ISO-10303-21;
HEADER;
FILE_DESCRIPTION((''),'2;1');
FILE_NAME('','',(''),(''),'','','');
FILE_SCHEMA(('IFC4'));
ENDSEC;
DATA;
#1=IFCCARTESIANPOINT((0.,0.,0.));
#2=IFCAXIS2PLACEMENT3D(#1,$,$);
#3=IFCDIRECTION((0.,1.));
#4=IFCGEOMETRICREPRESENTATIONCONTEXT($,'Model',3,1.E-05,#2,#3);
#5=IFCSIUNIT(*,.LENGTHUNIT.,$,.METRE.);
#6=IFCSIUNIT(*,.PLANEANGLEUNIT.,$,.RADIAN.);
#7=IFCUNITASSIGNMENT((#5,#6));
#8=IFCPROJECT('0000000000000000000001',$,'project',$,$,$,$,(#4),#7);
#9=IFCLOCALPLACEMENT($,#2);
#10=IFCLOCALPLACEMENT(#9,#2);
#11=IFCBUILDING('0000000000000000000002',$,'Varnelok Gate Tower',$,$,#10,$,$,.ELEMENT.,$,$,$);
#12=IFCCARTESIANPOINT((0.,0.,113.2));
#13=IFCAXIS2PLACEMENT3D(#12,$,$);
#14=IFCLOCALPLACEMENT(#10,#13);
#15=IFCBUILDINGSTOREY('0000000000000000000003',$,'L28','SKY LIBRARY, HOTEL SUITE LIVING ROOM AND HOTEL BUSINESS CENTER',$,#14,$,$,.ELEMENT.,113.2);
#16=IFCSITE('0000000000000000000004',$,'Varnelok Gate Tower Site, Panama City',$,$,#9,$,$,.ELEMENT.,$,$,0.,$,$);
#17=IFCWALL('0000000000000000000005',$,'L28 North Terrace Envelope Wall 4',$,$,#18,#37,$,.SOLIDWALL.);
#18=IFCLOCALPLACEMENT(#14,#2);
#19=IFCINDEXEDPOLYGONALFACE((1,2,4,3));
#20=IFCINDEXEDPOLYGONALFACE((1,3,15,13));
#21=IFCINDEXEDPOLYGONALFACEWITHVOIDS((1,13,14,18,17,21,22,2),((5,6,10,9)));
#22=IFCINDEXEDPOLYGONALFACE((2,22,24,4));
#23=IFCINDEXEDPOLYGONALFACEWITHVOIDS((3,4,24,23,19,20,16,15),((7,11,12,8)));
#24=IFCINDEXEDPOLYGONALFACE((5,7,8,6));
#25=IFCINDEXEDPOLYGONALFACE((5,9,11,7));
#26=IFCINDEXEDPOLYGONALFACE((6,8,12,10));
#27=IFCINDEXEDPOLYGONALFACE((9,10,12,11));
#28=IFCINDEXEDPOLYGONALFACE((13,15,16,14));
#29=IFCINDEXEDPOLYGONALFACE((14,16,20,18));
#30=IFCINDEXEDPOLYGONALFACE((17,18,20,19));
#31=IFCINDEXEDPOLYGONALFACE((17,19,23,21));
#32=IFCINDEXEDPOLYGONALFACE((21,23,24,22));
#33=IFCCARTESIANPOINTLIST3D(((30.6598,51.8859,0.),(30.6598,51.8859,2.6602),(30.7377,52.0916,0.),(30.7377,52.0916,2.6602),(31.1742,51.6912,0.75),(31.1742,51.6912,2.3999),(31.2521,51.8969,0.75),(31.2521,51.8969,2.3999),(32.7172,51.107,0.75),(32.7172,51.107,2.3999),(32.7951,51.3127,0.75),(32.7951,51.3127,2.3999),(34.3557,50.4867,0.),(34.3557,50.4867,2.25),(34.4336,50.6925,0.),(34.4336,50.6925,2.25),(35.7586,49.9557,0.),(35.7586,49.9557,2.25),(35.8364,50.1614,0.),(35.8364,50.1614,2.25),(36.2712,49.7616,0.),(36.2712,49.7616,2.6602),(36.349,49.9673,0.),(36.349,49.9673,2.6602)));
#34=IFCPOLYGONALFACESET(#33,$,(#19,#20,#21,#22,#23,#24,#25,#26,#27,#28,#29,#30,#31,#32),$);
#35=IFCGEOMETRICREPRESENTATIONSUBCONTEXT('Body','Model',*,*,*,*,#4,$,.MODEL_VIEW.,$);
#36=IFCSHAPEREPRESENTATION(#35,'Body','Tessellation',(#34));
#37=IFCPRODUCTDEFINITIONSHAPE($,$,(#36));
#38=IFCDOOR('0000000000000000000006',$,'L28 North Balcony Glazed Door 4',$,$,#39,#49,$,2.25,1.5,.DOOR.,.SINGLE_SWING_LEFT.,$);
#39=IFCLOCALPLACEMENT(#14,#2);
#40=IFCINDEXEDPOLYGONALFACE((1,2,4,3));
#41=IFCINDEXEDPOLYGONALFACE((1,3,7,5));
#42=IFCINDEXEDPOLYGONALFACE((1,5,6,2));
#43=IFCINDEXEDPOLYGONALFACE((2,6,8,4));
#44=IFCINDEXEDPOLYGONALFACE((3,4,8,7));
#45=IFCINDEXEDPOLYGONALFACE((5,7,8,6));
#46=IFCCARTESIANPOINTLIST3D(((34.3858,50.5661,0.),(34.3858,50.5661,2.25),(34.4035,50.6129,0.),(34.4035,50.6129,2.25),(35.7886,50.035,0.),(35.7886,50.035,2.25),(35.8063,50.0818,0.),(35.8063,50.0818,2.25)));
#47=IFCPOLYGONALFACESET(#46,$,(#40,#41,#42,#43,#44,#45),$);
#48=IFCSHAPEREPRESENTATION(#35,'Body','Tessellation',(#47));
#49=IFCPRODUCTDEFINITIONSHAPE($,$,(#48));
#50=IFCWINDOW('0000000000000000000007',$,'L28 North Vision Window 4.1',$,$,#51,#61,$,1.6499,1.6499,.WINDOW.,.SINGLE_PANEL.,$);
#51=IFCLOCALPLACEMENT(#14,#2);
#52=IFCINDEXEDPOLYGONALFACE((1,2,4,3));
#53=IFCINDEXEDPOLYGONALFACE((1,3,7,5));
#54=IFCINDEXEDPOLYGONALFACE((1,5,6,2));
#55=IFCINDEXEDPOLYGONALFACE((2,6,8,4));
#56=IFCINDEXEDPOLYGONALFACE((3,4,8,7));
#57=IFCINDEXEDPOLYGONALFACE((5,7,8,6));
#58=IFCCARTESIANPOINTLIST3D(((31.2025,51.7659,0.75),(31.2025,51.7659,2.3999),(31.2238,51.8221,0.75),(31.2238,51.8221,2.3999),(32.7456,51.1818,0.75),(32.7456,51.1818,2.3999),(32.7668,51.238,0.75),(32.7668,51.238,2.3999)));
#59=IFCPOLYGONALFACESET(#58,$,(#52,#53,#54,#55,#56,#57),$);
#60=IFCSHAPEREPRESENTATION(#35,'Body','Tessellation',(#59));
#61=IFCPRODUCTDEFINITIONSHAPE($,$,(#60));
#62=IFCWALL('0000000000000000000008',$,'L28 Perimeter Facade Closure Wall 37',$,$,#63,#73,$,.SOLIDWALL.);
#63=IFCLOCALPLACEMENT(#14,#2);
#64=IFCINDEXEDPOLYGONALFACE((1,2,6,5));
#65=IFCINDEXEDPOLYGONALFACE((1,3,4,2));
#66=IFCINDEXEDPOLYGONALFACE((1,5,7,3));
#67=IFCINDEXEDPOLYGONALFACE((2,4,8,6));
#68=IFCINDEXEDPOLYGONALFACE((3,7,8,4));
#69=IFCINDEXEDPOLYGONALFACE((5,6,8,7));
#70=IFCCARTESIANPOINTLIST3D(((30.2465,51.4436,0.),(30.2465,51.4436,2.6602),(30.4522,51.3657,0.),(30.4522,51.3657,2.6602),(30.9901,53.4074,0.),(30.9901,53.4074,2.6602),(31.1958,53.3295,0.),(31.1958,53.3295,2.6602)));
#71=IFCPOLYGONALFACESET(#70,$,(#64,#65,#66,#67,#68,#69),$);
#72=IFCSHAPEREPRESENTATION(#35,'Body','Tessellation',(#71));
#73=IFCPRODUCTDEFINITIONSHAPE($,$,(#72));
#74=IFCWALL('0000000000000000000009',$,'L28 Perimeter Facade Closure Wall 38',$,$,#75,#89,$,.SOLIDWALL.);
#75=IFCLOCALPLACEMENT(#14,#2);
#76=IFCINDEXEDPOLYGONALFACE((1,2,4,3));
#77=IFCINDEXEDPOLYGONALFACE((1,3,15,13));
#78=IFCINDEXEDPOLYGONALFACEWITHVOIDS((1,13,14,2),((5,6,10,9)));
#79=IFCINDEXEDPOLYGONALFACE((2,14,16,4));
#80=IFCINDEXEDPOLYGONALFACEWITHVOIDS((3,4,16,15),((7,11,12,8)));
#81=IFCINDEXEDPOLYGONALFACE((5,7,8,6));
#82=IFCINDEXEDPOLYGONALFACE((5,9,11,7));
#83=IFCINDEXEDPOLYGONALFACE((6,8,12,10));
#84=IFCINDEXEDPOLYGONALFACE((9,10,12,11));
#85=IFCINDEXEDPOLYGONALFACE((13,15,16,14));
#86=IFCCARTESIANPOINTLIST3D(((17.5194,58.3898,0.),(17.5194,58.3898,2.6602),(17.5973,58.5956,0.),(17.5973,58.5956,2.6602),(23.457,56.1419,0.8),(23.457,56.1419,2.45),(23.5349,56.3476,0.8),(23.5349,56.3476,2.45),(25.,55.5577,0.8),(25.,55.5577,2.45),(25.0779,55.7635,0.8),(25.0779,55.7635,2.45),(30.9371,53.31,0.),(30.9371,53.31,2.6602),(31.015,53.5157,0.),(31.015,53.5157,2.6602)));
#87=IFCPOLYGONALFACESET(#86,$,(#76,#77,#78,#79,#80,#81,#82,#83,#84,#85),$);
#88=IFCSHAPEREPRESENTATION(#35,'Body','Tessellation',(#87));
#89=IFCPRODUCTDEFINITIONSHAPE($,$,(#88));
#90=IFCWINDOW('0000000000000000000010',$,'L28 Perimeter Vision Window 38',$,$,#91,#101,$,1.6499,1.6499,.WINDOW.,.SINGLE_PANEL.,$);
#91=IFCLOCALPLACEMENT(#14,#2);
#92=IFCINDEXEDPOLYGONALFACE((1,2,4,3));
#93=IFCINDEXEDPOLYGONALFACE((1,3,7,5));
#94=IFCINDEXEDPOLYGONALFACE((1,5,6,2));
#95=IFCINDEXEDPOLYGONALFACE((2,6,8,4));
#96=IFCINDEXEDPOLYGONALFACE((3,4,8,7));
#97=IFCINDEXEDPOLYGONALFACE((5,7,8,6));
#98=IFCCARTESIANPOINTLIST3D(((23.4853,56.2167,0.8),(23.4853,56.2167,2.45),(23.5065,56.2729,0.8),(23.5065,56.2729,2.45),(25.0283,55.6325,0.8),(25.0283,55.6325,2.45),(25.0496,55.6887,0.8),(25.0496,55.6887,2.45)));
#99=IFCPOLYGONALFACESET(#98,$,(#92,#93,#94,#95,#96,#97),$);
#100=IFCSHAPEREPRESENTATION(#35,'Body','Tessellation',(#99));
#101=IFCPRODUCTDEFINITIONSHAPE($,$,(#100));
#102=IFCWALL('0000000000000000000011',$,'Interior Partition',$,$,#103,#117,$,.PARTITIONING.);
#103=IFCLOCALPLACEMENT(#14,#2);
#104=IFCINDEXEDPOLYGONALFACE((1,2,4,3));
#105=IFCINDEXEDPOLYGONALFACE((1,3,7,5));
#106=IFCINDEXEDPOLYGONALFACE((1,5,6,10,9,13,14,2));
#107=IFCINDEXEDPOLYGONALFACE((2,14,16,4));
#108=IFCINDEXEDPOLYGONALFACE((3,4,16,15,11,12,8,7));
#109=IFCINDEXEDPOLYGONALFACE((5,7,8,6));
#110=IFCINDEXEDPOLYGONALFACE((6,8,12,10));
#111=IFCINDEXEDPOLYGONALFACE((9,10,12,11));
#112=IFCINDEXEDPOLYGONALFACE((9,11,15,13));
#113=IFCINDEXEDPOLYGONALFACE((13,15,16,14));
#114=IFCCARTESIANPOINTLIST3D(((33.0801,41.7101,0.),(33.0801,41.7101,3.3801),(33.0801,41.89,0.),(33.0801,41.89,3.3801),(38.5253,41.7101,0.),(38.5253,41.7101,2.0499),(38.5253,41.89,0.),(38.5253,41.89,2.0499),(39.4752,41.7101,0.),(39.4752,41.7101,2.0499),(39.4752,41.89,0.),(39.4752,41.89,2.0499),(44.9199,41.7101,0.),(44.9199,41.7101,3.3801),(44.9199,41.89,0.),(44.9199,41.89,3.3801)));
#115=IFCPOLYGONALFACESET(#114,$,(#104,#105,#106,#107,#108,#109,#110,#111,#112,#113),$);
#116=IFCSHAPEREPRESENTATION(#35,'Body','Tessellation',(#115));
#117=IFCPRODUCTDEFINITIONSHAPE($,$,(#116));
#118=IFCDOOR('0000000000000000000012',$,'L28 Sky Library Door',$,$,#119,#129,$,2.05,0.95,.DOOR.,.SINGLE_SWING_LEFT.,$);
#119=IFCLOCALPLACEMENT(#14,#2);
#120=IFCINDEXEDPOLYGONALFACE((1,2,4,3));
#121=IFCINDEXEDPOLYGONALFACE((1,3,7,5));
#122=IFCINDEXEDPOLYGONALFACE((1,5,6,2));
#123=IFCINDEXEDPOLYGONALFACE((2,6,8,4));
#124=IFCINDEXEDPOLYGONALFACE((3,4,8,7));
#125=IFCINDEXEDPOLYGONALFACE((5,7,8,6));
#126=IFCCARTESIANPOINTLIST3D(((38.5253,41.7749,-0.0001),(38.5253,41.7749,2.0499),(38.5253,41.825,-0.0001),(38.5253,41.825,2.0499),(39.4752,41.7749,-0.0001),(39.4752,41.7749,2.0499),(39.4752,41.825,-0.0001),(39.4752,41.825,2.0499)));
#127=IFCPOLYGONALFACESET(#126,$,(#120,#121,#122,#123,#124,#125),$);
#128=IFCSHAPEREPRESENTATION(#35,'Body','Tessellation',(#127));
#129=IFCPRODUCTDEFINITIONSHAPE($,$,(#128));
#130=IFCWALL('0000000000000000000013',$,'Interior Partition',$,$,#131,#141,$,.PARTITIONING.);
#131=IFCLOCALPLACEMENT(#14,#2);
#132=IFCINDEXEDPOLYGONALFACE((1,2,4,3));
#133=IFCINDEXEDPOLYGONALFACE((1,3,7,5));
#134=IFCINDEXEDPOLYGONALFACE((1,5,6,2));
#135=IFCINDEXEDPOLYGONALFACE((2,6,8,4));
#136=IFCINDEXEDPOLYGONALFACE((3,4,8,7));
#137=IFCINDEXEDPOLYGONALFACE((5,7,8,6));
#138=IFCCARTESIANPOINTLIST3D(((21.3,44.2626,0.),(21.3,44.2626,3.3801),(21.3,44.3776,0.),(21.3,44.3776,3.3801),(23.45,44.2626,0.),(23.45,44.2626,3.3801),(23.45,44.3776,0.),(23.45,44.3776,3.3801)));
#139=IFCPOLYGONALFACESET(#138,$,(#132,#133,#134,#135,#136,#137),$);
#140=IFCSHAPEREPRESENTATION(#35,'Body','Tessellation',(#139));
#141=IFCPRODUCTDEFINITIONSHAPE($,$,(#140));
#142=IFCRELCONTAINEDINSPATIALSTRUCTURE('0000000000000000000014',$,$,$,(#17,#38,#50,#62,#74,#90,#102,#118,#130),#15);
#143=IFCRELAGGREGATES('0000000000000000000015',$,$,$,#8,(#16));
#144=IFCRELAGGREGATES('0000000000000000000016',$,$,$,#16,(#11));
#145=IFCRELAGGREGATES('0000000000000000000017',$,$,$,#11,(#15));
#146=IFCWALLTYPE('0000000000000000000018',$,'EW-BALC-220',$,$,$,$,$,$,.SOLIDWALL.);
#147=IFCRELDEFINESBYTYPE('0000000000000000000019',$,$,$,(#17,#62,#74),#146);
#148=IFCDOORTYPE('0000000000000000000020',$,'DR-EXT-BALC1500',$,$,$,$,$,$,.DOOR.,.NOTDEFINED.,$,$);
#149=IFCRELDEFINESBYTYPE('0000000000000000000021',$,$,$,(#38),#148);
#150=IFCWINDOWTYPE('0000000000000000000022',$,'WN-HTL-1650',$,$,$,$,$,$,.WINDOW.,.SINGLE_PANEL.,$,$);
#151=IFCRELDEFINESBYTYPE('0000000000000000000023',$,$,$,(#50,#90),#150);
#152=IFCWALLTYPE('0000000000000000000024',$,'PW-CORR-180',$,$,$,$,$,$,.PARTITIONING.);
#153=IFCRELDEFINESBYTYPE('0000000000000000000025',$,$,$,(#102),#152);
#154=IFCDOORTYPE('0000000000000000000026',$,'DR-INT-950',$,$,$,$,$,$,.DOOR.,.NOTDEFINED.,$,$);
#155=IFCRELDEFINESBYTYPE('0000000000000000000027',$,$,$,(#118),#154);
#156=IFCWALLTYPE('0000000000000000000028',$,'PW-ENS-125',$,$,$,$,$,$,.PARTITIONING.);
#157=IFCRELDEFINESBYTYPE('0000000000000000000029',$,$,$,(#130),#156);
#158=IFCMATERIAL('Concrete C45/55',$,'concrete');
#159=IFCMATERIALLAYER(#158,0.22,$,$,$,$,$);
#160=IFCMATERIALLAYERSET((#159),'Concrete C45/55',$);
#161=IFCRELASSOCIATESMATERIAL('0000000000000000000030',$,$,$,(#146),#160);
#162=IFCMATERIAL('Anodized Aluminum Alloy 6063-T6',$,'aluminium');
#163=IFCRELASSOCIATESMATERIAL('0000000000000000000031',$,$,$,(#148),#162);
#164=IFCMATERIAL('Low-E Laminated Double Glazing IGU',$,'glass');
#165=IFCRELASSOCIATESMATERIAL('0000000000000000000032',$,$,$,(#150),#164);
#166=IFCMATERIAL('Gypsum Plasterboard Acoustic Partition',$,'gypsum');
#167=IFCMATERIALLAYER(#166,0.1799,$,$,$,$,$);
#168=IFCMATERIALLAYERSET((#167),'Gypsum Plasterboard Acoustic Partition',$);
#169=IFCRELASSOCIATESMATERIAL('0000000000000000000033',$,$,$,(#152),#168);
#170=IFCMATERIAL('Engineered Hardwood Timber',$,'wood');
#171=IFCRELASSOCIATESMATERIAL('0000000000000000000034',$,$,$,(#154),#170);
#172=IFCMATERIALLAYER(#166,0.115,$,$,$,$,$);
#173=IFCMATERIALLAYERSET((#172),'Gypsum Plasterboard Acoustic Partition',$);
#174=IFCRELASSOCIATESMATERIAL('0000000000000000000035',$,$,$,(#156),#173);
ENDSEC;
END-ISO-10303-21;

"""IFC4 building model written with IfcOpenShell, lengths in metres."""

from ifc_helpers import new_model, si_unit, direction, frame, frame_2d, origin, place, context, subcontext, project, spatial, rectangle, extrude, material, layer, layer_set, type_object, element, fill, save


model = new_model("IFC4")

# Units and contexts
model_context = context("Model", 3, precision=1e-05, world=origin(), true_north=direction((0.0, 1.0)))
body_context = subcontext(model_context, "Body", "Model", "MODEL_VIEW")
ifc_project = project(units=[si_unit("LENGTHUNIT", "METRE"), si_unit("PLANEANGLEUNIT", "RADIAN")], contexts=[model_context])

# Site, building, storey
site_placement = place(None, origin())
site = spatial("IfcSite", under=ifc_project, at=site_placement, Name="Varnelok Gate Tower Site, Panama City", CompositionType="ELEMENT", RefElevation=0.0)
building_placement = place(site_placement, origin())
building = spatial("IfcBuilding", under=site, at=building_placement, Name="Varnelok Gate Tower", CompositionType="ELEMENT")
storey_placement = place(building_placement, frame((0.0, 0.0, 113.2)))
storey = spatial("IfcBuildingStorey", under=building, at=storey_placement, Name="L28", Description="SKY LIBRARY, HOTEL SUITE LIVING ROOM AND HOTEL BUSINESS CENTER", CompositionType="ELEMENT", Elevation=113.2)

# Wall, openings, door, window
ifc_material_1 = material(Name="Concrete C45/55", Category="concrete")
ifc_layer_1 = layer(ifc_material_1, 0.22)
ifc_layer_set_1 = layer_set([ifc_layer_1], Name="Concrete C45/55")
wall_type_1 = type_object("IfcWallType", Name="EW-BALC-220", PredefinedType="SOLIDWALL", material=ifc_layer_set_1)
wall_1_placement = place(storey_placement, frame((30.6987, 51.9888, 0.0), z_axis=(0.0, 0.0, 1.0), x_axis=(0.935228, -0.354047, 0.0)))
wall_1 = element("IfcWall", 1, at=wall_1_placement, inside=storey, type_object=wall_type_1, Name="L28 North Terrace Envelope Wall 4", PredefinedType="SOLIDWALL", context=body_context, shape_type="SweptSolid", body=[
    extrude(rectangle(XDim=6.0, YDim=0.22, at=frame_2d((3.0, 0.0))), origin(), (0.0, 0.0, 1.0), 2.6602),
])
opening_1_placement = place(wall_1_placement, frame((3.9519, 0.0, 0.0)))
opening_1 = element("IfcOpeningElement", 2, at=opening_1_placement, cuts=wall_1, PredefinedType="OPENING", context=body_context, shape_type="SweptSolid", body=[
    extrude(rectangle(XDim=1.5, YDim=2.25, at=frame_2d((0.75, 1.125))), frame((0.0, 0.1199, 0.0), z_axis=(0.0, -1.0, 0.0), x_axis=(1.0, 0.0, 0.0)), (0.0, 0.0, 1.0), 0.24),
])
opening_2_placement = place(wall_1_placement, frame((0.55, 0.0, 0.75)))
opening_2 = element("IfcOpeningElement", 3, at=opening_2_placement, cuts=wall_1, PredefinedType="OPENING", context=body_context, shape_type="SweptSolid", body=[
    extrude(rectangle(XDim=1.6499, YDim=1.6499, at=frame_2d((0.825, 0.825))), frame((0.0, 0.1199, 0.0), z_axis=(0.0, -1.0, 0.0), x_axis=(1.0, 0.0, 0.0)), (0.0, 0.0, 1.0), 0.24),
])
ifc_material_2 = material(Name="Anodized Aluminum Alloy 6063-T6", Category="aluminium")
door_type_1 = type_object("IfcDoorType", Name="DR-EXT-BALC1500", OperationType="NOTDEFINED", PredefinedType="DOOR", material=ifc_material_2)
door_1_placement = place(opening_1_placement, origin())
door_1 = element("IfcDoor", 4, at=door_1_placement, inside=storey, type_object=door_type_1, Name="L28 North Balcony Glazed Door 4", OperationType="SINGLE_SWING_LEFT", OverallHeight=2.25, OverallWidth=1.5, PredefinedType="DOOR", context=body_context, shape_type="SweptSolid", body=[
    extrude(rectangle(XDim=1.5, YDim=2.25, at=frame_2d((0.75, 1.125))), frame((0.0, 0.0249, 0.0), z_axis=(0.0, -1.0, 0.0), x_axis=(1.0, 0.0, 0.0)), (0.0, 0.0, 1.0), 0.05),
])
fill(opening_1, door_1)
ifc_material_3 = material(Name="Low-E Laminated Double Glazing IGU", Category="glass")
window_type = type_object("IfcWindowType", Name="WN-HTL-1650", PartitioningType="SINGLE_PANEL", PredefinedType="WINDOW", material=ifc_material_3)
window_1_placement = place(opening_2_placement, origin())
window_1 = element("IfcWindow", 5, at=window_1_placement, inside=storey, type_object=window_type, Name="L28 North Vision Window 4.1", OverallHeight=1.6499, OverallWidth=1.6499, PartitioningType="SINGLE_PANEL", PredefinedType="WINDOW", context=body_context, shape_type="SweptSolid", body=[
    extrude(rectangle(XDim=1.6499, YDim=1.6499, at=frame_2d((0.825, 0.825))), frame((0.0, 0.03, 0.0), z_axis=(0.0, -1.0, 0.0), x_axis=(1.0, 0.0, 0.0)), (0.0, 0.0, 1.0), 0.0601),
])
fill(opening_2, window_1)

# Wall
wall_2_placement = place(storey_placement, frame((30.3494, 51.4048, 0.0), z_axis=(0.0, 0.0, 1.0), x_axis=(0.354128, 0.935197, 0.0)))
element("IfcWall", 6, at=wall_2_placement, inside=storey, type_object=wall_type_1, Name="L28 Perimeter Facade Closure Wall 37", PredefinedType="SOLIDWALL", context=body_context, shape_type="SweptSolid", body=[
    extrude(rectangle(XDim=2.0999, YDim=0.22, at=frame_2d((1.0498, 0.0))), origin(), (0.0, 0.0, 1.0), 2.6602),
])

# Wall, opening, window
wall_3_placement = place(storey_placement, frame((30.9761, 53.4128, 0.0), z_axis=(0.0, 0.0, 1.0), x_axis=(-0.93522, 0.354066, 0.0)))
wall_3 = element("IfcWall", 7, at=wall_3_placement, inside=storey, type_object=wall_type_1, Name="L28 Perimeter Facade Closure Wall 38", PredefinedType="SOLIDWALL", context=body_context, shape_type="SweptSolid", body=[
    extrude(rectangle(XDim=14.3472, YDim=0.22, at=frame_2d((7.1736, 0.0))), origin(), (0.0, 0.0, 1.0), 2.6602),
])
opening_3_placement = place(wall_3_placement, frame((6.3484, 0.0, 0.8)))
opening_3 = element("IfcOpeningElement", 8, at=opening_3_placement, cuts=wall_3, PredefinedType="OPENING", context=body_context, shape_type="SweptSolid", body=[
    extrude(rectangle(XDim=1.6499, YDim=1.6499, at=frame_2d((0.825, 0.825))), frame((0.0, 0.1199, 0.0), z_axis=(0.0, -1.0, 0.0), x_axis=(1.0, 0.0, 0.0)), (0.0, 0.0, 1.0), 0.24),
])
window_2_placement = place(opening_3_placement, origin())
window_2 = element("IfcWindow", 9, at=window_2_placement, inside=storey, type_object=window_type, Name="L28 Perimeter Vision Window 38", OverallHeight=1.6499, OverallWidth=1.6499, PartitioningType="SINGLE_PANEL", PredefinedType="WINDOW", context=body_context, shape_type="SweptSolid", body=[
    extrude(rectangle(XDim=1.6499, YDim=1.6499, at=frame_2d((0.825, 0.825))), frame((0.0, 0.03, 0.0), z_axis=(0.0, -1.0, 0.0), x_axis=(1.0, 0.0, 0.0)), (0.0, 0.0, 1.0), 0.0601),
])
fill(opening_3, window_2)

# Wall, opening, door
ifc_material_4 = material(Name="Gypsum Plasterboard Acoustic Partition", Category="gypsum")
ifc_layer_2 = layer(ifc_material_4, 0.1799)
ifc_layer_set_2 = layer_set([ifc_layer_2], Name="Gypsum Plasterboard Acoustic Partition")
wall_type_2 = type_object("IfcWallType", Name="PW-CORR-180", PredefinedType="PARTITIONING", material=ifc_layer_set_2)
wall_4_placement = place(storey_placement, frame((33.0801, 41.8, 0.0), z_axis=(0.0, 0.0, 1.0), x_axis=(1.0, 0.0, 0.0)))
wall_4 = element("IfcWall", 10, at=wall_4_placement, inside=storey, type_object=wall_type_2, Name="Interior Partition", PredefinedType="PARTITIONING", context=body_context, shape_type="SweptSolid", body=[
    extrude(rectangle(XDim=11.8398, YDim=0.1799, at=frame_2d((5.9199, 0.0))), origin(), (0.0, 0.0, 1.0), 3.3801),
])
opening_4_placement = place(wall_4_placement, frame((5.4451, 0.0, 0.0)))
opening_4 = element("IfcOpeningElement", 11, at=opening_4_placement, cuts=wall_4, PredefinedType="OPENING", context=body_context, shape_type="SweptSolid", body=[
    extrude(rectangle(XDim=0.95, YDim=2.05, at=frame_2d((0.4751, 1.0249))), frame((0.0, 0.0999, 0.0), z_axis=(0.0, -1.0, 0.0), x_axis=(1.0, 0.0, 0.0)), (0.0, 0.0, 1.0), 0.2),
])
ifc_material_5 = material(Name="Engineered Hardwood Timber", Category="wood")
door_type_2 = type_object("IfcDoorType", Name="DR-INT-950", OperationType="NOTDEFINED", PredefinedType="DOOR", material=ifc_material_5)
door_2_placement = place(opening_4_placement, origin())
door_2 = element("IfcDoor", 12, at=door_2_placement, inside=storey, type_object=door_type_2, Name="L28 Sky Library Door", OperationType="SINGLE_SWING_LEFT", OverallHeight=2.05, OverallWidth=0.95, PredefinedType="DOOR", context=body_context, shape_type="SweptSolid", body=[
    extrude(rectangle(XDim=0.95, YDim=2.05, at=frame_2d((0.4751, 1.0249))), frame((0.0, 0.0249, 0.0), z_axis=(0.0, -1.0, 0.0), x_axis=(1.0, 0.0, 0.0)), (0.0, 0.0, 1.0), 0.05),
])
fill(opening_4, door_2)

# Wall
ifc_layer_3 = layer(ifc_material_4, 0.115)
ifc_layer_set_3 = layer_set([ifc_layer_3], Name="Gypsum Plasterboard Acoustic Partition")
wall_type_3 = type_object("IfcWallType", Name="PW-ENS-125", PredefinedType="PARTITIONING", material=ifc_layer_set_3)
wall_5_placement = place(storey_placement, frame((21.3, 44.3201, 0.0), z_axis=(0.0, 0.0, 1.0), x_axis=(1.0, 0.0, 0.0)))
element("IfcWall", 13, at=wall_5_placement, inside=storey, type_object=wall_type_3, Name="Interior Partition", PredefinedType="PARTITIONING", context=body_context, shape_type="SweptSolid", body=[
    extrude(rectangle(XDim=2.1499, YDim=0.115, at=frame_2d((1.075, 0.0))), origin(), (0.0, 0.0, 1.0), 3.3801),
])

save(model, "model.ifc")
